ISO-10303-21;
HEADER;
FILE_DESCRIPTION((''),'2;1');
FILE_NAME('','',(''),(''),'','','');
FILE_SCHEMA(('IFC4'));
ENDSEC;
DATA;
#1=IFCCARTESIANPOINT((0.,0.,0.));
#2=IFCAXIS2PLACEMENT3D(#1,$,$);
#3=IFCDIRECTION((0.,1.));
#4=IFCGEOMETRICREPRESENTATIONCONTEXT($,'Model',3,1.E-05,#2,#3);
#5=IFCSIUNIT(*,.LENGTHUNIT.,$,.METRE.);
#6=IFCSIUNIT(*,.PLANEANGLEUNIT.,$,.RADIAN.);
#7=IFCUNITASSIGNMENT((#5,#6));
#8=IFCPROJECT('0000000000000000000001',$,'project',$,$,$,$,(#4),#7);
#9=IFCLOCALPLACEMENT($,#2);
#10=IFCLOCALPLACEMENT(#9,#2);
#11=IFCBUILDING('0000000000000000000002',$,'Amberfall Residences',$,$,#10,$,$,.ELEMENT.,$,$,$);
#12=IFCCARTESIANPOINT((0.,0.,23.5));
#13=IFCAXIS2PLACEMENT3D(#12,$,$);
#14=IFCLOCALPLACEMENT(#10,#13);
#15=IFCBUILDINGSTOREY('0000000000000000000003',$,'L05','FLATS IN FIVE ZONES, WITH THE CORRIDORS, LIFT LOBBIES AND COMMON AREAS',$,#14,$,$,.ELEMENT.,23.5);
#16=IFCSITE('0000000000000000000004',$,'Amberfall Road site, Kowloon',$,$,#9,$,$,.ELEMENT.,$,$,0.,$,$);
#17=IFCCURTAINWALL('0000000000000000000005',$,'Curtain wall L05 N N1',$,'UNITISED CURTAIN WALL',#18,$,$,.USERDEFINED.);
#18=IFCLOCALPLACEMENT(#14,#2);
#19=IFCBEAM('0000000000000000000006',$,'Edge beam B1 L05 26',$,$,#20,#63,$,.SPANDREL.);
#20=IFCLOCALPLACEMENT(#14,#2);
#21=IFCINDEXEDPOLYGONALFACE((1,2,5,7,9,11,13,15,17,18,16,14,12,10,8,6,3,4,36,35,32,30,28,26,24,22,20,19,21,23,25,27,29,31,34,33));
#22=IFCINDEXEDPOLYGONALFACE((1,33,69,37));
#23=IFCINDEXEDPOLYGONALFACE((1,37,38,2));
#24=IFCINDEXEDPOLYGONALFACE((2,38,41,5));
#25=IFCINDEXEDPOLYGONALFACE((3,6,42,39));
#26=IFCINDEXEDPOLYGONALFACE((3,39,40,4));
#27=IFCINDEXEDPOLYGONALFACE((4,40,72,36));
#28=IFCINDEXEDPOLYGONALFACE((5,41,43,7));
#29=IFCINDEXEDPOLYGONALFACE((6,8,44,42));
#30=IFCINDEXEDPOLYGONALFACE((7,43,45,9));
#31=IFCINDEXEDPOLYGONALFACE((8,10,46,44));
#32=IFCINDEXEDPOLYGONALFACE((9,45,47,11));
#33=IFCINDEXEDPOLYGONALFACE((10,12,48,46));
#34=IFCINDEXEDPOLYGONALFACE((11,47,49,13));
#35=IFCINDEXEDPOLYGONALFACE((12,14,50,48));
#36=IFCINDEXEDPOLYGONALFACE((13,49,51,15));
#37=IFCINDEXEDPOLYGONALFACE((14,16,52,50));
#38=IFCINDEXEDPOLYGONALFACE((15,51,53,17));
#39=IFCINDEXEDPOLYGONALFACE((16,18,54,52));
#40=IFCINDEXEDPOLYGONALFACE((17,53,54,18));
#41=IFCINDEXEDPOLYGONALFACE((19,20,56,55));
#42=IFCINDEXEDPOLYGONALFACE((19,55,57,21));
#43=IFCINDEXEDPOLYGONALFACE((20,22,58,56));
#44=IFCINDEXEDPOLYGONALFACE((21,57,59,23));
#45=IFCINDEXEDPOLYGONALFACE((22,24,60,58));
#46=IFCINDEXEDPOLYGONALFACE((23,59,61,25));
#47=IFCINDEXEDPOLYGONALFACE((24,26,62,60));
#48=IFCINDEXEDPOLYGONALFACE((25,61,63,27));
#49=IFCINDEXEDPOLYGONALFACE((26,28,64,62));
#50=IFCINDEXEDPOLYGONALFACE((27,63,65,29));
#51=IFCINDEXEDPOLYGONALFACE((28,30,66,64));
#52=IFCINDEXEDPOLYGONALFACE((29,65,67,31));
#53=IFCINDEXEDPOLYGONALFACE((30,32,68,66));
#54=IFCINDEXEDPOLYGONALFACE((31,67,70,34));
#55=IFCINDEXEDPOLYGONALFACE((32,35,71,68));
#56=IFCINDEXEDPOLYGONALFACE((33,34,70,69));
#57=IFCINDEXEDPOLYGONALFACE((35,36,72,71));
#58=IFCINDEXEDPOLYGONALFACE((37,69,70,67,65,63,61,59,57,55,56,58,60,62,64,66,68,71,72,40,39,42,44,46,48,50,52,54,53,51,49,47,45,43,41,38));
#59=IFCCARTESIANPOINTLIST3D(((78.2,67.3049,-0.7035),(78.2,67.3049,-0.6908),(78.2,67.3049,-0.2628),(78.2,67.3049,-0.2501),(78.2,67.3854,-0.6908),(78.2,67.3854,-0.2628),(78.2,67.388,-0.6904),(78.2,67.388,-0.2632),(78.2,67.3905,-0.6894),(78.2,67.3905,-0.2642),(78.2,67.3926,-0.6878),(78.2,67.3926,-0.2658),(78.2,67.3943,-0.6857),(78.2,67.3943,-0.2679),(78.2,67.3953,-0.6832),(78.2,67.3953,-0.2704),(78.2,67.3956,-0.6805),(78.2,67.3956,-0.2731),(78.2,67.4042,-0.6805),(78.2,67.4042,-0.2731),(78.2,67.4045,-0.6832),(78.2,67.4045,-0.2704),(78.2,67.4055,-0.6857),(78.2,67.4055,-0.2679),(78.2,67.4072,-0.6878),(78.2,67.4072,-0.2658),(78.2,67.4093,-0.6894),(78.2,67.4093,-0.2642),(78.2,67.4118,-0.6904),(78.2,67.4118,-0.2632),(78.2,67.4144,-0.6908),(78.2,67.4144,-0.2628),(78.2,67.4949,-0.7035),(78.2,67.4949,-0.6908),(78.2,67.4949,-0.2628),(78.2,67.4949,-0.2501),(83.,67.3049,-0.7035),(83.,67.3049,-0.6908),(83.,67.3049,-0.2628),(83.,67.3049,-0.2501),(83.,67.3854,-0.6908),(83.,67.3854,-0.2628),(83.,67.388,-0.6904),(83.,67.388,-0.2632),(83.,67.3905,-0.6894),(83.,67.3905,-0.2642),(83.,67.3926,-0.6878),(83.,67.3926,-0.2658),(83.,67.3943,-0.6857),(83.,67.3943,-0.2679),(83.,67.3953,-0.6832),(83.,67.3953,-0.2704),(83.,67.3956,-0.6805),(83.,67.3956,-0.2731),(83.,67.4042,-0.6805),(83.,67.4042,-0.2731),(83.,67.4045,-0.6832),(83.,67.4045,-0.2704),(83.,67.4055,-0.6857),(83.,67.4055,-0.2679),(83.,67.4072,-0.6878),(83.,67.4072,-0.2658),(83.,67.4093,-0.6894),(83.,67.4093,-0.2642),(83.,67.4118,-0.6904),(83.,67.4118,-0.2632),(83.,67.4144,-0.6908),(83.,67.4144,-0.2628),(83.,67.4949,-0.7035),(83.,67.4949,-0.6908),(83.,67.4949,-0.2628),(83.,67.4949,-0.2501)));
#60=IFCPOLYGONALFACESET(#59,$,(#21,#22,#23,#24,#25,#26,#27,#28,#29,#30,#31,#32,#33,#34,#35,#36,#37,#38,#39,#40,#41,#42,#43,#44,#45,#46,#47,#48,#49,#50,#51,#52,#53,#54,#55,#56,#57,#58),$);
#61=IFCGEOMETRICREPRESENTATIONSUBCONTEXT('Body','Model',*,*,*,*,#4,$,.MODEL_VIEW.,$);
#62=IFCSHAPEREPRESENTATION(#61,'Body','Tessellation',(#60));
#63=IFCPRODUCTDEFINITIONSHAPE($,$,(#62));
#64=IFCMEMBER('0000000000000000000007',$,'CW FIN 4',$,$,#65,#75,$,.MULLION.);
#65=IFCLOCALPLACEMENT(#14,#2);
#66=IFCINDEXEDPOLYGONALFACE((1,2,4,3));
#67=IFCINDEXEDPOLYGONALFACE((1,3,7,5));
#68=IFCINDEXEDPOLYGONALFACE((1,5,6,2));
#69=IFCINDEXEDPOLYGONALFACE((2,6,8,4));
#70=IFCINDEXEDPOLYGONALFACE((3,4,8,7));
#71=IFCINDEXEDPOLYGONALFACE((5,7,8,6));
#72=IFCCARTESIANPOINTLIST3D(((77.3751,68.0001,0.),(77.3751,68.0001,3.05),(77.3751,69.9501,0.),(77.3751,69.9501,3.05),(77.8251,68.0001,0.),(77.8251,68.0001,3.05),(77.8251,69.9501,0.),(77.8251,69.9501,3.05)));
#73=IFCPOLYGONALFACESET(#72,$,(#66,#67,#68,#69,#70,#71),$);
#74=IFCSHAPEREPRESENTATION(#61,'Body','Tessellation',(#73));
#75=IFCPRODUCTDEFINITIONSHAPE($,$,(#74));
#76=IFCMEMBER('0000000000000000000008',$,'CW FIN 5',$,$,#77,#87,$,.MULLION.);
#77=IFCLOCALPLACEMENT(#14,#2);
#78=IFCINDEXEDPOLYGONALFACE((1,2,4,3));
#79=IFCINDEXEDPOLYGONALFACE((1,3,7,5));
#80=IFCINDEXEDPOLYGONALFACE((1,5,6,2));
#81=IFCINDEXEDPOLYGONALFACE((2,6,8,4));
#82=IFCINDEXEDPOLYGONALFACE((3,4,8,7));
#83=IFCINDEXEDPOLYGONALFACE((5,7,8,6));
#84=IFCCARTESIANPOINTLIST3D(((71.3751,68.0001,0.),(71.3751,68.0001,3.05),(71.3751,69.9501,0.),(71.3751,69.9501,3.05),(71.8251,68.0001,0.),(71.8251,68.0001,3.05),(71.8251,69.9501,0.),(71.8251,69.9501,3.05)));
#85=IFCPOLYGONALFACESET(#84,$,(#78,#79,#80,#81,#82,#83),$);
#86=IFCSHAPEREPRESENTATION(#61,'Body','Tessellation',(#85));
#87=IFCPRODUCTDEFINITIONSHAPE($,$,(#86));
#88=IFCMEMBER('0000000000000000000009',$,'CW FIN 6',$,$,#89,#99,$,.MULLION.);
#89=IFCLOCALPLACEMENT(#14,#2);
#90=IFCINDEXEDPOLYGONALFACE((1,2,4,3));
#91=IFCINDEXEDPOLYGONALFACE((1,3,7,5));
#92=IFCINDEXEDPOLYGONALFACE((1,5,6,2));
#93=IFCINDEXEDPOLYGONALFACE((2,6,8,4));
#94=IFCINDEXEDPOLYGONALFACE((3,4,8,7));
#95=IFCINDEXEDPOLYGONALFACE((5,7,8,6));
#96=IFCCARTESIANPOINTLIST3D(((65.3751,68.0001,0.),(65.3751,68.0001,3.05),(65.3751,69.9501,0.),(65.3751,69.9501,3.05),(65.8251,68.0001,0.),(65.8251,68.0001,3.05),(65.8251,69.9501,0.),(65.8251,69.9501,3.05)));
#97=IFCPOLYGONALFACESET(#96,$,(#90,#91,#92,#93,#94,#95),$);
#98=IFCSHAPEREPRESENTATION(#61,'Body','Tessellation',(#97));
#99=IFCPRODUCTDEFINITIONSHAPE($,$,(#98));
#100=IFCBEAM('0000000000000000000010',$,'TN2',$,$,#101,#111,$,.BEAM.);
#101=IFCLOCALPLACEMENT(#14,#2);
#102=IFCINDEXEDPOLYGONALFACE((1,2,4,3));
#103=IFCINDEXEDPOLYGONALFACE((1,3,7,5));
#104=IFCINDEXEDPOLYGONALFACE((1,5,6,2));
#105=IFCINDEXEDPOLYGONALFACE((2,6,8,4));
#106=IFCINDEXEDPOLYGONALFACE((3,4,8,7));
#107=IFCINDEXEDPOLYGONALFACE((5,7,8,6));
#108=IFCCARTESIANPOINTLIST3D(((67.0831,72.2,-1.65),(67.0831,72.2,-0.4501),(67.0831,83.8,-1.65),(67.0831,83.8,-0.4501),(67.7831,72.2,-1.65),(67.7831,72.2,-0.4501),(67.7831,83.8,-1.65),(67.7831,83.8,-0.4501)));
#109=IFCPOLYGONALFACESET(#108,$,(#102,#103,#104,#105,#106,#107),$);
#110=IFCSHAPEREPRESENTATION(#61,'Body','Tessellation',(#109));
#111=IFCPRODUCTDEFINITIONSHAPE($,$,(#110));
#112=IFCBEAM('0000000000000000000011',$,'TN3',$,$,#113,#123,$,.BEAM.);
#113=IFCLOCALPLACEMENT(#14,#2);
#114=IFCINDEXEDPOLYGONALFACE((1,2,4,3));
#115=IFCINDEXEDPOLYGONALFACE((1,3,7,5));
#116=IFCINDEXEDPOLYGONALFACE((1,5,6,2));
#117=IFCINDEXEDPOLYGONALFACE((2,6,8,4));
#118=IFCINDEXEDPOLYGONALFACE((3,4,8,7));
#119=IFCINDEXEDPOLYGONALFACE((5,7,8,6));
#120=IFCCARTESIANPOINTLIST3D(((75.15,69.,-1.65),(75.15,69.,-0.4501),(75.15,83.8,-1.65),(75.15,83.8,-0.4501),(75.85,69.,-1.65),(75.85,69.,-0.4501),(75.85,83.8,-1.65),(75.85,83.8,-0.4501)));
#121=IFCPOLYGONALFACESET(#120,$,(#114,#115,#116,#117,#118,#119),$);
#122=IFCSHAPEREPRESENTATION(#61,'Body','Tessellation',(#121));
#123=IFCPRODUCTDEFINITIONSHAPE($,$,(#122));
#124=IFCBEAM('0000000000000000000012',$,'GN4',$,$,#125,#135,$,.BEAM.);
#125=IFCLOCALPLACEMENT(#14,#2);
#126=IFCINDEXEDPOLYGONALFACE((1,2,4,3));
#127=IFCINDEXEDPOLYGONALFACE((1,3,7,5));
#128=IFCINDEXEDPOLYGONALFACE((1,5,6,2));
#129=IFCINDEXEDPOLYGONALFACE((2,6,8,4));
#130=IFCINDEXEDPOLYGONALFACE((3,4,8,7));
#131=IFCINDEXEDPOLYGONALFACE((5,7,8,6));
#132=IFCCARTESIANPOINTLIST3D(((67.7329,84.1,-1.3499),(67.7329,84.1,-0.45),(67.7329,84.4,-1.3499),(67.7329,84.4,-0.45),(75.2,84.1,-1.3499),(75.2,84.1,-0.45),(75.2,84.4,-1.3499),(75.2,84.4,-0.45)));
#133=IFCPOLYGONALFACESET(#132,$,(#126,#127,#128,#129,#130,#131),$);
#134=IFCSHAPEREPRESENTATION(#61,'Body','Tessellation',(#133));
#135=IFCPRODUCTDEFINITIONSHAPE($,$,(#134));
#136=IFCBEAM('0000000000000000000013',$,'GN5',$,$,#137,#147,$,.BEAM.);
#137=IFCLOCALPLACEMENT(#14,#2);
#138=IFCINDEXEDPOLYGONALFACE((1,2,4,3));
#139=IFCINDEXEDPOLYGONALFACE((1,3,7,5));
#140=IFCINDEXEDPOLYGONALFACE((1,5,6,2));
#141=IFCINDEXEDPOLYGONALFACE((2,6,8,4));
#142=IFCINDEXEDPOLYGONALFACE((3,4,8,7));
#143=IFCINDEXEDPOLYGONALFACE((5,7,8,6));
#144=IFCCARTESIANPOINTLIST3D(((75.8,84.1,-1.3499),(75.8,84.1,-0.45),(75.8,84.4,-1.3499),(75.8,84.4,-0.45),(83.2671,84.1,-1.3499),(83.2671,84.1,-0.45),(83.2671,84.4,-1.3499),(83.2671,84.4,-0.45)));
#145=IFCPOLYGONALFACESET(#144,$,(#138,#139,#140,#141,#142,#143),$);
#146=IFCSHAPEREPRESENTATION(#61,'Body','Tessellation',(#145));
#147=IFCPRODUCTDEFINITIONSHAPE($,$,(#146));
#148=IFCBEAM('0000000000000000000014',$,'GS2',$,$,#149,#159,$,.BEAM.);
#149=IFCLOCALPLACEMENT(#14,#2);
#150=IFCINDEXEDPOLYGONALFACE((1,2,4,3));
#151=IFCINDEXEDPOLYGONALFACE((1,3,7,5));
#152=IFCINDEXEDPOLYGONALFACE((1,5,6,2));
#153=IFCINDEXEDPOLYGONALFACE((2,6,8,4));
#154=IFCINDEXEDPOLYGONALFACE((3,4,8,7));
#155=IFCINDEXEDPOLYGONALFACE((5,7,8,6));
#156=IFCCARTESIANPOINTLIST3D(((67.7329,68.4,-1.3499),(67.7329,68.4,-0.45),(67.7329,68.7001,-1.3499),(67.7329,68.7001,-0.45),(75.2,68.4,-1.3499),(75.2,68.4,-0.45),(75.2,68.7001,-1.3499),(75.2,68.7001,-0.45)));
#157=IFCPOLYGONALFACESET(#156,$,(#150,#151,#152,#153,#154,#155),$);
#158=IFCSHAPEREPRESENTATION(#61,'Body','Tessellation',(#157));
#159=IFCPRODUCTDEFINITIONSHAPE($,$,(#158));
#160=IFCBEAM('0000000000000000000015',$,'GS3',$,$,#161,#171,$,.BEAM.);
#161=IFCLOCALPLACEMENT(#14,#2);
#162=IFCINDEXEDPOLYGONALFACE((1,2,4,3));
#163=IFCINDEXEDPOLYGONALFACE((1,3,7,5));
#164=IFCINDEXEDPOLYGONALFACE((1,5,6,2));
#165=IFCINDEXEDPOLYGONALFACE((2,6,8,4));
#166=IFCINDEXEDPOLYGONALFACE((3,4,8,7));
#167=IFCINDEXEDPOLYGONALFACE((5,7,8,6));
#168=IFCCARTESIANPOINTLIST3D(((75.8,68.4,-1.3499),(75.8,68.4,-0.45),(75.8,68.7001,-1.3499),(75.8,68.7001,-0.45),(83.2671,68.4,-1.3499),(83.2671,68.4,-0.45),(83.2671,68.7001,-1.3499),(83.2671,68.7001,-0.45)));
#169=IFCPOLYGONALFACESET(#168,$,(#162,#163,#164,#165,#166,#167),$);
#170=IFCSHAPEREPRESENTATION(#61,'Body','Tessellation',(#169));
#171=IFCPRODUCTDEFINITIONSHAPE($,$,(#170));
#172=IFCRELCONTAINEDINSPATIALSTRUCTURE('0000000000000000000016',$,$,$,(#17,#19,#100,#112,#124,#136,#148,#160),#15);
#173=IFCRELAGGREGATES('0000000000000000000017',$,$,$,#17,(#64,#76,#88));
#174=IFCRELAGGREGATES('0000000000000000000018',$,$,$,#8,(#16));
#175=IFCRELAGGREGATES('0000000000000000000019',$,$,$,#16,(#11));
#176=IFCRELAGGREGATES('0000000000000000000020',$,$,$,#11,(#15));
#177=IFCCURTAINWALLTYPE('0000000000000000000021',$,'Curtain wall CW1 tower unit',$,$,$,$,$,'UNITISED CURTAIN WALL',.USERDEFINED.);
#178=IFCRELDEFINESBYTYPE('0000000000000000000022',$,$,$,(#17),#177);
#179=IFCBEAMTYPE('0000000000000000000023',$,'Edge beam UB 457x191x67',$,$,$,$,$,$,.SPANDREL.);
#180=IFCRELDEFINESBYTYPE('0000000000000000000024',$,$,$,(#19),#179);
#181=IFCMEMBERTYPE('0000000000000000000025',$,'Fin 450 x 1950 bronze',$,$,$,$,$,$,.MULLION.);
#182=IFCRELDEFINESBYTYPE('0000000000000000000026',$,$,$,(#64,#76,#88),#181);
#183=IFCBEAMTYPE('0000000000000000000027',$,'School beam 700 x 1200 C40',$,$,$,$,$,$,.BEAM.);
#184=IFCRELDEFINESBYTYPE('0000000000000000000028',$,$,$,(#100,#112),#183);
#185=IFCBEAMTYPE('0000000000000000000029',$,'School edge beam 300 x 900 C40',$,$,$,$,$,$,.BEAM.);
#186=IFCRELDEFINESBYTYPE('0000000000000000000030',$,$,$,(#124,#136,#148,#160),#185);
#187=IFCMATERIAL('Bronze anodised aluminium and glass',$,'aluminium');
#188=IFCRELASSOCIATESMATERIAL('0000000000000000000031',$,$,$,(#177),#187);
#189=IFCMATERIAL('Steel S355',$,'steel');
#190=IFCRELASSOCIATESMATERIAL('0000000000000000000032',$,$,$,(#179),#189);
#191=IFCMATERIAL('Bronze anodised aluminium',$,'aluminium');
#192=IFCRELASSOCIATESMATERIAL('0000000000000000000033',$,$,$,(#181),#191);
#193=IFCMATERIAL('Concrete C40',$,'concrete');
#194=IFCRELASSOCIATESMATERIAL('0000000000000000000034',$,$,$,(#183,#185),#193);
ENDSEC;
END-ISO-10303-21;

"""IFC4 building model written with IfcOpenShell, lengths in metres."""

from ifc_helpers import new_model, si_unit, direction, frame, origin, origin_2d, place, context, subcontext, project, spatial, rectangle, i_section, extrude, material, material_profile, profile_set, type_object, element, aggregate, save


model = new_model("IFC4")

# Units and contexts
model_context = context("Model", 3, precision=1e-05, world=origin(), true_north=direction((0.0, 1.0)))
body_context = subcontext(model_context, "Body", "Model", "MODEL_VIEW")
ifc_project = project(units=[si_unit("LENGTHUNIT", "METRE"), si_unit("PLANEANGLEUNIT", "RADIAN")], contexts=[model_context])

# Site, building, storey
site_placement = place(None, origin())
site = spatial("IfcSite", under=ifc_project, at=site_placement, Name="Amberfall Road site, Kowloon", CompositionType="ELEMENT", RefElevation=0.0)
building_placement = place(site_placement, origin())
building = spatial("IfcBuilding", under=site, at=building_placement, Name="Amberfall Residences", CompositionType="ELEMENT")
storey_placement = place(building_placement, frame((0.0, 0.0, 23.5)))
storey = spatial("IfcBuildingStorey", under=building, at=storey_placement, Name="L05", Description="FLATS IN FIVE ZONES, WITH THE CORRIDORS, LIFT LOBBIES AND COMMON AREAS", CompositionType="ELEMENT", Elevation=23.5)

# Curtain wall
ifc_material_1 = material(Name="Bronze anodised aluminium and glass", Category="aluminium")
curtain_wall_type = type_object("IfcCurtainWallType", Name="Curtain wall CW1 tower unit", ElementType="UNITISED CURTAIN WALL", PredefinedType="USERDEFINED", material=ifc_material_1)
curtain_wall_placement = place(storey_placement, origin())
curtain_wall = element("IfcCurtainWall", 1, at=curtain_wall_placement, inside=storey, type_object=curtain_wall_type, Name="Curtain wall L05 N N1", ObjectType="UNITISED CURTAIN WALL", PredefinedType="USERDEFINED")
ifc_material_2 = material(Name="Bronze anodised aluminium", Category="aluminium")

# Beam
ifc_material_3 = material(Name="Steel S355", Category="steel")
ifc_material_profile_1 = material_profile(ifc_material_3, i_section(OverallWidth=0.1899, OverallDepth=0.4534, WebThickness=0.0085, FlangeThickness=0.0127, FilletRadius=0.0103, at=origin_2d()), Name="UB 457x191x67")
ifc_profile_set_1 = profile_set([ifc_material_profile_1], Name="Steel S355")
beam_type_1 = type_object("IfcBeamType", Name="Edge beam UB 457x191x67", PredefinedType="SPANDREL", material=ifc_profile_set_1)
for number, where, z_axis, x_axis, name in (
    (2, (78.2, 67.3999, -0.4768), (1.0, 0.0, 0.0), (0.0, 1.0, 0.0), "Edge beam B1 L05 26"),
):
    element("IfcBeam", number, at=place(storey_placement, frame(where, z_axis=z_axis, x_axis=x_axis)), inside=storey, type_object=beam_type_1, Name=name, PredefinedType="SPANDREL", context=body_context, shape_type="SweptSolid", body=[
        extrude(i_section(OverallWidth=0.1899, OverallDepth=0.4534, WebThickness=0.0085, FlangeThickness=0.0127, FilletRadius=0.0103, at=origin_2d()), origin(), (0.0, 0.0, 1.0), 4.8),
    ])

# Members
ifc_material_profile_2 = material_profile(ifc_material_2, rectangle(XDim=1.95, YDim=0.45, at=origin_2d()), Name="Fin 450 x 1950 bronze")
ifc_profile_set_2 = profile_set([ifc_material_profile_2], Name="Bronze anodised aluminium")
member_type_1 = type_object("IfcMemberType", Name="Fin 450 x 1950 bronze", PredefinedType="MULLION", material=ifc_profile_set_2)
member_1_placement = place(storey_placement, frame((77.6001, 68.9751, 0.0), z_axis=(0.0, 0.0, 1.0), x_axis=(0.0, -1.0, 0.0)))
member_1 = element("IfcMember", 3, at=member_1_placement, type_object=member_type_1, Name="CW FIN 4", PredefinedType="MULLION", context=body_context, shape_type="SweptSolid", body=[
    extrude(rectangle(XDim=1.95, YDim=0.45, at=origin_2d()), origin(), (0.0, 0.0, 1.0), 3.05),
])
member_2_placement = place(storey_placement, frame((71.6001, 68.9751, 0.0), z_axis=(0.0, 0.0, 1.0), x_axis=(0.0, -1.0, 0.0)))
member_2 = element("IfcMember", 4, at=member_2_placement, type_object=member_type_1, Name="CW FIN 5", PredefinedType="MULLION", context=body_context, shape_type="SweptSolid", body=[
    extrude(rectangle(XDim=1.95, YDim=0.45, at=origin_2d()), origin(), (0.0, 0.0, 1.0), 3.05),
])
member_3_placement = place(storey_placement, frame((65.6001, 68.9751, 0.0), z_axis=(0.0, 0.0, 1.0), x_axis=(0.0, -1.0, 0.0)))
member_3 = element("IfcMember", 5, at=member_3_placement, type_object=member_type_1, Name="CW FIN 6", PredefinedType="MULLION", context=body_context, shape_type="SweptSolid", body=[
    extrude(rectangle(XDim=1.95, YDim=0.45, at=origin_2d()), origin(), (0.0, 0.0, 1.0), 3.05),
])

# Beams
ifc_material_4 = material(Name="Concrete C40", Category="concrete")
ifc_material_profile_3 = material_profile(ifc_material_4, rectangle(XDim=0.7, YDim=1.2, at=origin_2d()), Name="School beam 700 x 1200 C40")
ifc_profile_set_3 = profile_set([ifc_material_profile_3], Name="Concrete C40")
beam_type_2 = type_object("IfcBeamType", Name="School beam 700 x 1200 C40", PredefinedType="BEAM", material=ifc_profile_set_3)
beam_1_placement = place(storey_placement, frame((67.4331, 72.2, -1.05), z_axis=(0.0, 1.0, 0.0), x_axis=(-1.0, 0.0, 0.0)))
element("IfcBeam", 6, at=beam_1_placement, inside=storey, type_object=beam_type_2, Name="TN2", PredefinedType="BEAM", context=body_context, shape_type="SweptSolid", body=[
    extrude(rectangle(XDim=0.7, YDim=1.2, at=origin_2d()), origin(), (0.0, 0.0, 1.0), 11.6001),
])
beam_2_placement = place(storey_placement, frame((75.5, 69.0, -1.05), z_axis=(0.0, 1.0, 0.0), x_axis=(-1.0, 0.0, 0.0)))
element("IfcBeam", 7, at=beam_2_placement, inside=storey, type_object=beam_type_2, Name="TN3", PredefinedType="BEAM", context=body_context, shape_type="SweptSolid", body=[
    extrude(rectangle(XDim=0.7, YDim=1.2, at=origin_2d()), origin(), (0.0, 0.0, 1.0), 14.8),
])
ifc_material_profile_4 = material_profile(ifc_material_4, rectangle(XDim=0.3, YDim=0.8999, at=origin_2d()), Name="School edge beam 300 x 900 C40")
ifc_profile_set_4 = profile_set([ifc_material_profile_4], Name="Concrete C40")
beam_type_3 = type_object("IfcBeamType", Name="School edge beam 300 x 900 C40", PredefinedType="BEAM", material=ifc_profile_set_4)
for number, where, z_axis, x_axis, name in (
    (8, (67.7329, 84.25, -0.8999), (1.0, 0.0, 0.0), (0.0, 1.0, 0.0), "GN4"),
    (9, (75.8, 84.25, -0.8999), (1.0, 0.0, 0.0), (0.0, 1.0, 0.0), "GN5"),
    (10, (67.7329, 68.55, -0.8999), (1.0, 0.0, 0.0), (0.0, 1.0, 0.0), "GS2"),
    (11, (75.8, 68.55, -0.8999), (1.0, 0.0, 0.0), (0.0, 1.0, 0.0), "GS3"),
):
    element("IfcBeam", number, at=place(storey_placement, frame(where, z_axis=z_axis, x_axis=x_axis)), inside=storey, type_object=beam_type_3, Name=name, PredefinedType="BEAM", context=body_context, shape_type="SweptSolid", body=[
        extrude(rectangle(XDim=0.3, YDim=0.8999, at=origin_2d()), origin(), (0.0, 0.0, 1.0), 7.467),
    ])

aggregate(curtain_wall, [member_1, member_2, member_3])

save(model, "model.ifc")
